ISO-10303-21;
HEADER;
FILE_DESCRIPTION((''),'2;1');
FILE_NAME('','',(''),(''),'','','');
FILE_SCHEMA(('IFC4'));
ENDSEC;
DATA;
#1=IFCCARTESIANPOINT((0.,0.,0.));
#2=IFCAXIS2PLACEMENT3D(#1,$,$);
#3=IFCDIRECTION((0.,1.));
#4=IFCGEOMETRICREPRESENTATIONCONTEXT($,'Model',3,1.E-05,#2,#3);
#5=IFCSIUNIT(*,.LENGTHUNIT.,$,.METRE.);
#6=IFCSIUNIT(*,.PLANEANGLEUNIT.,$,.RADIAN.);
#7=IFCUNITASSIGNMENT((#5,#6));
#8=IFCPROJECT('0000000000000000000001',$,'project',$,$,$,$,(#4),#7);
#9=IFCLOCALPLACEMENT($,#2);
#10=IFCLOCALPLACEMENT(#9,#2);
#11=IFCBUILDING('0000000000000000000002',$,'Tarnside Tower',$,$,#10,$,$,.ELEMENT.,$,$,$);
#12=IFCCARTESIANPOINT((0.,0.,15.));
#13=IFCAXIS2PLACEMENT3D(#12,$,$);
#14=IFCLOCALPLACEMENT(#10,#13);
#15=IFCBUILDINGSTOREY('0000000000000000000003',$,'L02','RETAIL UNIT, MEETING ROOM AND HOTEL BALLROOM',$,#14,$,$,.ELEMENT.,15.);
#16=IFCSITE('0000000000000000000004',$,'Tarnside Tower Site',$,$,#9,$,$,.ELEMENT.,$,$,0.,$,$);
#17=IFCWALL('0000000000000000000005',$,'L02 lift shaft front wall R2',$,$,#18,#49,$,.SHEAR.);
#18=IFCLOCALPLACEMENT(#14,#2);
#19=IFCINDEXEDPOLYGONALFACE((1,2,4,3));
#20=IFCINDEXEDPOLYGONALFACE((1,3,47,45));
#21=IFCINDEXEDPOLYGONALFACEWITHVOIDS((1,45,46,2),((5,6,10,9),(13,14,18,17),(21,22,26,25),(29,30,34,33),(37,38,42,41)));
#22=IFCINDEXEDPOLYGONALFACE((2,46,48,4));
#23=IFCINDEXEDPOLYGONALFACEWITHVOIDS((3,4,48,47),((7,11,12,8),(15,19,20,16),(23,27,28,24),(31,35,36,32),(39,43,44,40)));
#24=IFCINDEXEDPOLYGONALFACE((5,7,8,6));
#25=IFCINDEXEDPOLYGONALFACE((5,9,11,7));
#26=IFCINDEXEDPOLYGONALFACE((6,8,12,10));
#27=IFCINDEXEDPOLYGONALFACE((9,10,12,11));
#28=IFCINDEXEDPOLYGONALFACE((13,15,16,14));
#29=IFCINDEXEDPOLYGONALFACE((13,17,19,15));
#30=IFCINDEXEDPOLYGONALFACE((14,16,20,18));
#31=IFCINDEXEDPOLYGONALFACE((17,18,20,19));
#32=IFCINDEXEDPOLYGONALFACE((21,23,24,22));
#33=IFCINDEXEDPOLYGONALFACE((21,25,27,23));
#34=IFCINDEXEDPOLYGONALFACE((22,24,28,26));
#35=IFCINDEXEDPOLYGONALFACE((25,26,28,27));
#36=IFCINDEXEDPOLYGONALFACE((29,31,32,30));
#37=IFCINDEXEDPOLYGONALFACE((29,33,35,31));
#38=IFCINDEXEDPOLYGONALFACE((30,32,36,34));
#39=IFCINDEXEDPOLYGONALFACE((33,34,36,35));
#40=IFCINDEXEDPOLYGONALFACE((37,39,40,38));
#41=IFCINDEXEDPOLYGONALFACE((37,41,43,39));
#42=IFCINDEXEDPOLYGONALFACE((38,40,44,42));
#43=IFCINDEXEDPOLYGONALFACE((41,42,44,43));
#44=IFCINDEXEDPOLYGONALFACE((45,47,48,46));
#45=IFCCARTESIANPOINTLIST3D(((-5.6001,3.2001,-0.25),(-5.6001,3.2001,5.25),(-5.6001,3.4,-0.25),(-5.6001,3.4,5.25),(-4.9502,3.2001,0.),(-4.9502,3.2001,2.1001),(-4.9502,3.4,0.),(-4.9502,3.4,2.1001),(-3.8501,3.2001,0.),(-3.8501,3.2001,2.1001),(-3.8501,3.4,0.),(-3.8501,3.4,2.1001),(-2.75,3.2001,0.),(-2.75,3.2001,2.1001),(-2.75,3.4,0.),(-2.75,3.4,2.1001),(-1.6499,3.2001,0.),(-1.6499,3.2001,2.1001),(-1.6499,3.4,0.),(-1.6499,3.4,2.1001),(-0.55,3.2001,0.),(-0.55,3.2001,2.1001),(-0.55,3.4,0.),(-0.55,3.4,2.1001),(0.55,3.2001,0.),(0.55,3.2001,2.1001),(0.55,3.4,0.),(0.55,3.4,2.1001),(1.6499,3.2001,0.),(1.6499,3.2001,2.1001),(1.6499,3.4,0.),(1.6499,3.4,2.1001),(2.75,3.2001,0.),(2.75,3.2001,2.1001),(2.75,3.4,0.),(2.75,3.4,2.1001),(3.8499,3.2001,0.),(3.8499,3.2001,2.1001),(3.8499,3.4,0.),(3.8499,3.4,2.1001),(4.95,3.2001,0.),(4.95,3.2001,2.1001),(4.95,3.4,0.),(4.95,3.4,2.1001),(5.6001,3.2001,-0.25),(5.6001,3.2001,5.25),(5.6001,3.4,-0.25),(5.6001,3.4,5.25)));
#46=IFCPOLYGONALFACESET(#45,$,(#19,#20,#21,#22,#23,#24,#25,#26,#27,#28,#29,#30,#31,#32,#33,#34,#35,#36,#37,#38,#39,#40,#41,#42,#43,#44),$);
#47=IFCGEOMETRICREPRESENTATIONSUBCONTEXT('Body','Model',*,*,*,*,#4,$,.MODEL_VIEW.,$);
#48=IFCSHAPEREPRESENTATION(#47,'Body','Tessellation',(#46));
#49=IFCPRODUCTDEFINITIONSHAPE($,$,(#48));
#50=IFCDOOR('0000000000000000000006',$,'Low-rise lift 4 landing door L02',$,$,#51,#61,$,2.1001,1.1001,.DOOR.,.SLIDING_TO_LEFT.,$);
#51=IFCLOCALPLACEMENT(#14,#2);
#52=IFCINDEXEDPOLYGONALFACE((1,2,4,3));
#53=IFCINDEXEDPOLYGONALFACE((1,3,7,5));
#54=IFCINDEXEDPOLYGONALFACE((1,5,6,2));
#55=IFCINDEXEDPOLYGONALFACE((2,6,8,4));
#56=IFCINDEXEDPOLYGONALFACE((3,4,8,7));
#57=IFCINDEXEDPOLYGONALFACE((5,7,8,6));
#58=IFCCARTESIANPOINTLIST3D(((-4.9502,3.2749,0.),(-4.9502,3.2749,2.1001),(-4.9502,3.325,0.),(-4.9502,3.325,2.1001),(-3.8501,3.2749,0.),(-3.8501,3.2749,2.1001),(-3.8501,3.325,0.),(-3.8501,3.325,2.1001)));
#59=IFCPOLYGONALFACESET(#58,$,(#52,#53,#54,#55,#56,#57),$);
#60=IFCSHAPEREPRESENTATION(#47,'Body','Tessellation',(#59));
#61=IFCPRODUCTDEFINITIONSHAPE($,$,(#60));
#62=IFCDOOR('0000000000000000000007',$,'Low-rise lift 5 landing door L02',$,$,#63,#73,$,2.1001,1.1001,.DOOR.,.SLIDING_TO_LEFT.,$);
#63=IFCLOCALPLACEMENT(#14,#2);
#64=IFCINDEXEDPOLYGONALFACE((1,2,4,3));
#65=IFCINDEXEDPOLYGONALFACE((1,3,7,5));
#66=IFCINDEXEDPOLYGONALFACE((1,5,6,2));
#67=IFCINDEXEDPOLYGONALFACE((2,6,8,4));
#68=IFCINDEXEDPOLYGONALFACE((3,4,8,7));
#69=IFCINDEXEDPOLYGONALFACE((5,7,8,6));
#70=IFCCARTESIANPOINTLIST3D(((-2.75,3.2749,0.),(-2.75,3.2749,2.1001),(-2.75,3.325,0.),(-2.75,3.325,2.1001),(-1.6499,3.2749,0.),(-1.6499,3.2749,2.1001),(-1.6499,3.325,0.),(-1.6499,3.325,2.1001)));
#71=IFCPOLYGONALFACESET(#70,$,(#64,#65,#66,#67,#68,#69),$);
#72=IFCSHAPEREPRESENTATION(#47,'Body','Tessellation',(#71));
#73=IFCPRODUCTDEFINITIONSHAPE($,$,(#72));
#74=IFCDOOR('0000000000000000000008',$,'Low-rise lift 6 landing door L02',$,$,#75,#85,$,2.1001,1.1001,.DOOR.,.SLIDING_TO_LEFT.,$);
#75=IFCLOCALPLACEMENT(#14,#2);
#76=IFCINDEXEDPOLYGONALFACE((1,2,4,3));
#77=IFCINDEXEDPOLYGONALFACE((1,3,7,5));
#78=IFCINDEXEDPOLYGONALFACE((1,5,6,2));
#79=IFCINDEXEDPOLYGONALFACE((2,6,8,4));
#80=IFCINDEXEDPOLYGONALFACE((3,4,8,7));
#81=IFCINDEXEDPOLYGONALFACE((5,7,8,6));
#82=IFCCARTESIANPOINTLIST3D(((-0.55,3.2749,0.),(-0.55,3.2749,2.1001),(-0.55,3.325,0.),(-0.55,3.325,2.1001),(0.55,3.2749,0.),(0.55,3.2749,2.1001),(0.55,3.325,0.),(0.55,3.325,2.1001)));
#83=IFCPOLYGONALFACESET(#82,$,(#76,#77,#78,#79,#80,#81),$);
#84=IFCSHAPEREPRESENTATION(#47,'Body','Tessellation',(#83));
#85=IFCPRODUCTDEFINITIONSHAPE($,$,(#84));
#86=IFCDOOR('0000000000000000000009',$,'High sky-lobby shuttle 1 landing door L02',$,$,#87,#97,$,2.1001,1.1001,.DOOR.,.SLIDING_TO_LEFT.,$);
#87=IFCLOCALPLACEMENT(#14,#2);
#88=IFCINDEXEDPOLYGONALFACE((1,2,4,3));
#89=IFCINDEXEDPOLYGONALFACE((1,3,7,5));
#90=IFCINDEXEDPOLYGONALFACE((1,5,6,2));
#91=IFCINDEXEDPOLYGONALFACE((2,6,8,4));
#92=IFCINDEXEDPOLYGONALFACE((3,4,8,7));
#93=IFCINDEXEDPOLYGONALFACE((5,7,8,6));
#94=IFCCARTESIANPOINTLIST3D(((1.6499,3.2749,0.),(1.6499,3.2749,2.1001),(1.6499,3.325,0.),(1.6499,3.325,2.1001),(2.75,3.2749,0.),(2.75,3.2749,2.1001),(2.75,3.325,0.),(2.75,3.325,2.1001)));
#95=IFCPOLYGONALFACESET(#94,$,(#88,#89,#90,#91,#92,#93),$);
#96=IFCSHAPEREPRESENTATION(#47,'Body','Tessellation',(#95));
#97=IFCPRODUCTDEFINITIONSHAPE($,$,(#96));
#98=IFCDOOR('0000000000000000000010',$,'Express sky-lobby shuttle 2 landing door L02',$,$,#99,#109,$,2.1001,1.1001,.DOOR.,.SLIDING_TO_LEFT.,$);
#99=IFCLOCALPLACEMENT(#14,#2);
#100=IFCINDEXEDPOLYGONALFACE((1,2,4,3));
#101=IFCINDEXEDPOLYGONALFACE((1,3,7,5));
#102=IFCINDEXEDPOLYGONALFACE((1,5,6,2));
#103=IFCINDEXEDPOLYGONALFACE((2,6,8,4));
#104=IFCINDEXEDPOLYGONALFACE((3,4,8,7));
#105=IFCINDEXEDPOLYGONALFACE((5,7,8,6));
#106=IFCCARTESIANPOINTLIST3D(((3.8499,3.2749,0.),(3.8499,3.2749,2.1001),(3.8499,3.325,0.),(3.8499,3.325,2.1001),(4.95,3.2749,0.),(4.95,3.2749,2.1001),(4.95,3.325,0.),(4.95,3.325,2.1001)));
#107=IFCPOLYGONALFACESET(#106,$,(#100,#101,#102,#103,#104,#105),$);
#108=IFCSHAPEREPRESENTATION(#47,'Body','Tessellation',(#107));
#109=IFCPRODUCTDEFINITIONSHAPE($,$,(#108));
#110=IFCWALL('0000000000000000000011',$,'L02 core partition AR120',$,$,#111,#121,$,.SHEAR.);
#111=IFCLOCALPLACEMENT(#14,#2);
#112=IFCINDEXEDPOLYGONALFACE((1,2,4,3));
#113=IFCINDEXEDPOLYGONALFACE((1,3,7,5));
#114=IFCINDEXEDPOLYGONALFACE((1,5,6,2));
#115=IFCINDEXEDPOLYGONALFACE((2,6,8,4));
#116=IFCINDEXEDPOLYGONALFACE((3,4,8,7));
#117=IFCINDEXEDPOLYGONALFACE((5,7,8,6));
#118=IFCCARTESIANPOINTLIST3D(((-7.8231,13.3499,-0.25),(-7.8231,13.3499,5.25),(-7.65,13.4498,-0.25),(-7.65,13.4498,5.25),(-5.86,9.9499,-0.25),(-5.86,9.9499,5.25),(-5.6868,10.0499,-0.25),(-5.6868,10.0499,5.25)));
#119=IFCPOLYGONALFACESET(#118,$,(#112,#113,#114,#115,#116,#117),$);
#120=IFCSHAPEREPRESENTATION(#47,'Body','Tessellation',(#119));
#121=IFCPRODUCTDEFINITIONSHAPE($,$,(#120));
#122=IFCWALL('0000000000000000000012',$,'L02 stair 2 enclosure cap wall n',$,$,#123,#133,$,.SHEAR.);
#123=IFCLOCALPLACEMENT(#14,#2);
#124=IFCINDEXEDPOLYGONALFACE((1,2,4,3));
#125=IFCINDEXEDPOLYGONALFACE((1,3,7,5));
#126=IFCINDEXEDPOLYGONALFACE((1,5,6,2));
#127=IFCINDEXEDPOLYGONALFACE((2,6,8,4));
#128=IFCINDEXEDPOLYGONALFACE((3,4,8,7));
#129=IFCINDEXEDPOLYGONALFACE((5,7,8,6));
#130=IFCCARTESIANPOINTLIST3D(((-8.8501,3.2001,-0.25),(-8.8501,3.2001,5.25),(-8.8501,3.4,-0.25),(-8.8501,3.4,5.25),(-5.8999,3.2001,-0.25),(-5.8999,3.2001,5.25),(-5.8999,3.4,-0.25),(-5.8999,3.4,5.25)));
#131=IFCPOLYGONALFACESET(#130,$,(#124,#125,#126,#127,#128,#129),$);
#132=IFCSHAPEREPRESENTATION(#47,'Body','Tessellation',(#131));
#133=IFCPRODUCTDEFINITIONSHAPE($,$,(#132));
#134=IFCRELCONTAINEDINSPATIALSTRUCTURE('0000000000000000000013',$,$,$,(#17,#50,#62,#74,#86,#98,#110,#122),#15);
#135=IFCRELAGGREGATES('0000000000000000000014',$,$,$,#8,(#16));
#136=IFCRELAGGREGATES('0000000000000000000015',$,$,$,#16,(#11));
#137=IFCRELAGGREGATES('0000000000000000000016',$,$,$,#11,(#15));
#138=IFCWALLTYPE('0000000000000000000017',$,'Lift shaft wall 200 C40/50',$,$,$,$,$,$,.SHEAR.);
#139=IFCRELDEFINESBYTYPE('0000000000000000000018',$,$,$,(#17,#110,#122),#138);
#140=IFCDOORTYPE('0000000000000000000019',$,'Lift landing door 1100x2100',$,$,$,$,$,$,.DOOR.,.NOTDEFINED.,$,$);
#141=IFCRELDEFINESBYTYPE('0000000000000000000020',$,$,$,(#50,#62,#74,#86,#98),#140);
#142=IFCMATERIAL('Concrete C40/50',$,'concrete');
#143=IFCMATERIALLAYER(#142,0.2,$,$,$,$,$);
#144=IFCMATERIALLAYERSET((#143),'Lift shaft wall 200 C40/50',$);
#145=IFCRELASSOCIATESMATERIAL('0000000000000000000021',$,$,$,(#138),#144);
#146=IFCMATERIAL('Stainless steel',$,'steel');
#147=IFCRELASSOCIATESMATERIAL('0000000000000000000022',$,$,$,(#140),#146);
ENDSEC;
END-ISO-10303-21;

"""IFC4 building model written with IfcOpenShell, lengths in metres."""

from ifc_helpers import new_model, si_unit, direction, frame, frame_2d, origin, place, context, subcontext, project, spatial, rectangle, extrude, material, layer, layer_set, type_object, element, fill, save


model = new_model("IFC4")

# Units and contexts
model_context = context("Model", 3, precision=1e-05, world=origin(), true_north=direction((0.0, 1.0)))
body_context = subcontext(model_context, "Body", "Model", "MODEL_VIEW")
ifc_project = project(units=[si_unit("LENGTHUNIT", "METRE"), si_unit("PLANEANGLEUNIT", "RADIAN")], contexts=[model_context])

# Site, building, storey
site_placement = place(None, origin())
site = spatial("IfcSite", under=ifc_project, at=site_placement, Name="Tarnside Tower Site", CompositionType="ELEMENT", RefElevation=0.0)
building_placement = place(site_placement, origin())
building = spatial("IfcBuilding", under=site, at=building_placement, Name="Tarnside Tower", CompositionType="ELEMENT")
storey_placement = place(building_placement, frame((0.0, 0.0, 15.0)))
storey = spatial("IfcBuildingStorey", under=building, at=storey_placement, Name="L02", Description="RETAIL UNIT, MEETING ROOM AND HOTEL BALLROOM", CompositionType="ELEMENT", Elevation=15.0)

# Shared definitions
ifc_material_1 = material(Name="Concrete C40/50", Category="concrete")

# Shared definitions
ifc_layer_1 = layer(ifc_material_1, 0.2)
ifc_layer_set_1 = layer_set([ifc_layer_1], Name="Lift shaft wall 200 C40/50")
wall_type_1 = type_object("IfcWallType", Name="Lift shaft wall 200 C40/50", PredefinedType="SHEAR", material=ifc_layer_set_1)
ifc_material_2 = material(Name="Stainless steel", Category="steel")
door_type_1 = type_object("IfcDoorType", Name="Lift landing door 1100x2100", OperationType="NOTDEFINED", PredefinedType="DOOR", material=ifc_material_2)

# Wall, openings, doors
wall_1_placement = place(storey_placement, frame((-5.6001, 3.3, -0.25), z_axis=(0.0, 0.0, 1.0), x_axis=(1.0, 0.0, 0.0)))
wall_1 = element("IfcWall", 1, at=wall_1_placement, inside=storey, type_object=wall_type_1, Name="L02 lift shaft front wall R2", PredefinedType="SHEAR", context=body_context, shape_type="SweptSolid", body=[
    extrude(rectangle(XDim=11.2002, YDim=0.2, at=frame_2d((5.6001, 0.0))), origin(), (0.0, 0.0, 1.0), 5.5),
])
opening_1_placement = place(wall_1_placement, frame((0.6499, 0.0, 0.25)))
opening_1 = element("IfcOpeningElement", 2, at=opening_1_placement, cuts=wall_1, PredefinedType="OPENING", context=body_context, shape_type="SweptSolid", body=[
    extrude(rectangle(XDim=1.1001, YDim=2.1001, at=frame_2d((0.55, 1.05))), frame((0.0, 0.1099, 0.0), z_axis=(0.0, -1.0, 0.0), x_axis=(1.0, 0.0, 0.0)), (0.0, 0.0, 1.0), 0.22),
])
opening_2_placement = place(wall_1_placement, frame((2.8501, 0.0, 0.25)))
opening_2 = element("IfcOpeningElement", 3, at=opening_2_placement, cuts=wall_1, PredefinedType="OPENING", context=body_context, shape_type="SweptSolid", body=[
    extrude(rectangle(XDim=1.1001, YDim=2.1001, at=frame_2d((0.55, 1.05))), frame((0.0, 0.1099, 0.0), z_axis=(0.0, -1.0, 0.0), x_axis=(1.0, 0.0, 0.0)), (0.0, 0.0, 1.0), 0.22),
])
opening_3_placement = place(wall_1_placement, frame((5.05, 0.0, 0.25)))
opening_3 = element("IfcOpeningElement", 4, at=opening_3_placement, cuts=wall_1, PredefinedType="OPENING", context=body_context, shape_type="SweptSolid", body=[
    extrude(rectangle(XDim=1.1001, YDim=2.1001, at=frame_2d((0.55, 1.05))), frame((0.0, 0.1099, 0.0), z_axis=(0.0, -1.0, 0.0), x_axis=(1.0, 0.0, 0.0)), (0.0, 0.0, 1.0), 0.22),
])
opening_4_placement = place(wall_1_placement, frame((7.25, 0.0, 0.25)))
opening_4 = element("IfcOpeningElement", 5, at=opening_4_placement, cuts=wall_1, PredefinedType="OPENING", context=body_context, shape_type="SweptSolid", body=[
    extrude(rectangle(XDim=1.1001, YDim=2.1001, at=frame_2d((0.55, 1.05))), frame((0.0, 0.1099, 0.0), z_axis=(0.0, -1.0, 0.0), x_axis=(1.0, 0.0, 0.0)), (0.0, 0.0, 1.0), 0.22),
])
opening_5_placement = place(wall_1_placement, frame((9.45, 0.0, 0.25)))
opening_5 = element("IfcOpeningElement", 6, at=opening_5_placement, cuts=wall_1, PredefinedType="OPENING", context=body_context, shape_type="SweptSolid", body=[
    extrude(rectangle(XDim=1.1001, YDim=2.1001, at=frame_2d((0.55, 1.05))), frame((0.0, 0.1099, 0.0), z_axis=(0.0, -1.0, 0.0), x_axis=(1.0, 0.0, 0.0)), (0.0, 0.0, 1.0), 0.22),
])
door_1_placement = place(opening_1_placement, origin())
door_1 = element("IfcDoor", 7, at=door_1_placement, inside=storey, type_object=door_type_1, Name="Low-rise lift 4 landing door L02", OperationType="SLIDING_TO_LEFT", OverallHeight=2.1001, OverallWidth=1.1001, PredefinedType="DOOR", context=body_context, shape_type="SweptSolid", body=[
    extrude(rectangle(XDim=1.1001, YDim=2.1001, at=frame_2d((0.55, 1.05))), frame((0.0, 0.0249, 0.0), z_axis=(0.0, -1.0, 0.0), x_axis=(1.0, 0.0, 0.0)), (0.0, 0.0, 1.0), 0.05),
])
fill(opening_1, door_1)
door_2_placement = place(opening_2_placement, origin())
door_2 = element("IfcDoor", 8, at=door_2_placement, inside=storey, type_object=door_type_1, Name="Low-rise lift 5 landing door L02", OperationType="SLIDING_TO_LEFT", OverallHeight=2.1001, OverallWidth=1.1001, PredefinedType="DOOR", context=body_context, shape_type="SweptSolid", body=[
    extrude(rectangle(XDim=1.1001, YDim=2.1001, at=frame_2d((0.55, 1.05))), frame((0.0, 0.0249, 0.0), z_axis=(0.0, -1.0, 0.0), x_axis=(1.0, 0.0, 0.0)), (0.0, 0.0, 1.0), 0.05),
])
fill(opening_2, door_2)
door_3_placement = place(opening_3_placement, origin())
door_3 = element("IfcDoor", 9, at=door_3_placement, inside=storey, type_object=door_type_1, Name="Low-rise lift 6 landing door L02", OperationType="SLIDING_TO_LEFT", OverallHeight=2.1001, OverallWidth=1.1001, PredefinedType="DOOR", context=body_context, shape_type="SweptSolid", body=[
    extrude(rectangle(XDim=1.1001, YDim=2.1001, at=frame_2d((0.55, 1.05))), frame((0.0, 0.0249, 0.0), z_axis=(0.0, -1.0, 0.0), x_axis=(1.0, 0.0, 0.0)), (0.0, 0.0, 1.0), 0.05),
])
fill(opening_3, door_3)
door_4_placement = place(opening_4_placement, origin())
door_4 = element("IfcDoor", 10, at=door_4_placement, inside=storey, type_object=door_type_1, Name="High sky-lobby shuttle 1 landing door L02", OperationType="SLIDING_TO_LEFT", OverallHeight=2.1001, OverallWidth=1.1001, PredefinedType="DOOR", context=body_context, shape_type="SweptSolid", body=[
    extrude(rectangle(XDim=1.1001, YDim=2.1001, at=frame_2d((0.55, 1.05))), frame((0.0, 0.0249, 0.0), z_axis=(0.0, -1.0, 0.0), x_axis=(1.0, 0.0, 0.0)), (0.0, 0.0, 1.0), 0.05),
])
fill(opening_4, door_4)
door_5_placement = place(opening_5_placement, origin())
door_5 = element("IfcDoor", 11, at=door_5_placement, inside=storey, type_object=door_type_1, Name="Express sky-lobby shuttle 2 landing door L02", OperationType="SLIDING_TO_LEFT", OverallHeight=2.1001, OverallWidth=1.1001, PredefinedType="DOOR", context=body_context, shape_type="SweptSolid", body=[
    extrude(rectangle(XDim=1.1001, YDim=2.1001, at=frame_2d((0.55, 1.05))), frame((0.0, 0.0249, 0.0), z_axis=(0.0, -1.0, 0.0), x_axis=(1.0, 0.0, 0.0)), (0.0, 0.0, 1.0), 0.05),
])
fill(opening_5, door_5)

# Walls
wall_2_placement = place(storey_placement, frame((-5.7734, 10.0, -0.25), z_axis=(0.0, 0.0, 1.0), x_axis=(-0.500038, 0.866003, 0.0)))
element("IfcWall", 12, at=wall_2_placement, inside=storey, type_object=wall_type_1, Name="L02 core partition AR120", PredefinedType="SHEAR", context=body_context, shape_type="SweptSolid", body=[
    extrude(rectangle(XDim=3.926, YDim=0.2, at=frame_2d((1.9629, 0.0))), origin(), (0.0, 0.0, 1.0), 5.5),
])
wall_3_placement = place(storey_placement, frame((-8.8501, 3.3, -0.25), z_axis=(0.0, 0.0, 1.0), x_axis=(1.0, 0.0, 0.0)))
element("IfcWall", 13, at=wall_3_placement, inside=storey, type_object=wall_type_1, Name="L02 stair 2 enclosure cap wall n", PredefinedType="SHEAR", context=body_context, shape_type="SweptSolid", body=[
    extrude(rectangle(XDim=2.9502, YDim=0.2, at=frame_2d((1.4751, 0.0))), origin(), (0.0, 0.0, 1.0), 5.5),
])

save(model, "model.ifc")
